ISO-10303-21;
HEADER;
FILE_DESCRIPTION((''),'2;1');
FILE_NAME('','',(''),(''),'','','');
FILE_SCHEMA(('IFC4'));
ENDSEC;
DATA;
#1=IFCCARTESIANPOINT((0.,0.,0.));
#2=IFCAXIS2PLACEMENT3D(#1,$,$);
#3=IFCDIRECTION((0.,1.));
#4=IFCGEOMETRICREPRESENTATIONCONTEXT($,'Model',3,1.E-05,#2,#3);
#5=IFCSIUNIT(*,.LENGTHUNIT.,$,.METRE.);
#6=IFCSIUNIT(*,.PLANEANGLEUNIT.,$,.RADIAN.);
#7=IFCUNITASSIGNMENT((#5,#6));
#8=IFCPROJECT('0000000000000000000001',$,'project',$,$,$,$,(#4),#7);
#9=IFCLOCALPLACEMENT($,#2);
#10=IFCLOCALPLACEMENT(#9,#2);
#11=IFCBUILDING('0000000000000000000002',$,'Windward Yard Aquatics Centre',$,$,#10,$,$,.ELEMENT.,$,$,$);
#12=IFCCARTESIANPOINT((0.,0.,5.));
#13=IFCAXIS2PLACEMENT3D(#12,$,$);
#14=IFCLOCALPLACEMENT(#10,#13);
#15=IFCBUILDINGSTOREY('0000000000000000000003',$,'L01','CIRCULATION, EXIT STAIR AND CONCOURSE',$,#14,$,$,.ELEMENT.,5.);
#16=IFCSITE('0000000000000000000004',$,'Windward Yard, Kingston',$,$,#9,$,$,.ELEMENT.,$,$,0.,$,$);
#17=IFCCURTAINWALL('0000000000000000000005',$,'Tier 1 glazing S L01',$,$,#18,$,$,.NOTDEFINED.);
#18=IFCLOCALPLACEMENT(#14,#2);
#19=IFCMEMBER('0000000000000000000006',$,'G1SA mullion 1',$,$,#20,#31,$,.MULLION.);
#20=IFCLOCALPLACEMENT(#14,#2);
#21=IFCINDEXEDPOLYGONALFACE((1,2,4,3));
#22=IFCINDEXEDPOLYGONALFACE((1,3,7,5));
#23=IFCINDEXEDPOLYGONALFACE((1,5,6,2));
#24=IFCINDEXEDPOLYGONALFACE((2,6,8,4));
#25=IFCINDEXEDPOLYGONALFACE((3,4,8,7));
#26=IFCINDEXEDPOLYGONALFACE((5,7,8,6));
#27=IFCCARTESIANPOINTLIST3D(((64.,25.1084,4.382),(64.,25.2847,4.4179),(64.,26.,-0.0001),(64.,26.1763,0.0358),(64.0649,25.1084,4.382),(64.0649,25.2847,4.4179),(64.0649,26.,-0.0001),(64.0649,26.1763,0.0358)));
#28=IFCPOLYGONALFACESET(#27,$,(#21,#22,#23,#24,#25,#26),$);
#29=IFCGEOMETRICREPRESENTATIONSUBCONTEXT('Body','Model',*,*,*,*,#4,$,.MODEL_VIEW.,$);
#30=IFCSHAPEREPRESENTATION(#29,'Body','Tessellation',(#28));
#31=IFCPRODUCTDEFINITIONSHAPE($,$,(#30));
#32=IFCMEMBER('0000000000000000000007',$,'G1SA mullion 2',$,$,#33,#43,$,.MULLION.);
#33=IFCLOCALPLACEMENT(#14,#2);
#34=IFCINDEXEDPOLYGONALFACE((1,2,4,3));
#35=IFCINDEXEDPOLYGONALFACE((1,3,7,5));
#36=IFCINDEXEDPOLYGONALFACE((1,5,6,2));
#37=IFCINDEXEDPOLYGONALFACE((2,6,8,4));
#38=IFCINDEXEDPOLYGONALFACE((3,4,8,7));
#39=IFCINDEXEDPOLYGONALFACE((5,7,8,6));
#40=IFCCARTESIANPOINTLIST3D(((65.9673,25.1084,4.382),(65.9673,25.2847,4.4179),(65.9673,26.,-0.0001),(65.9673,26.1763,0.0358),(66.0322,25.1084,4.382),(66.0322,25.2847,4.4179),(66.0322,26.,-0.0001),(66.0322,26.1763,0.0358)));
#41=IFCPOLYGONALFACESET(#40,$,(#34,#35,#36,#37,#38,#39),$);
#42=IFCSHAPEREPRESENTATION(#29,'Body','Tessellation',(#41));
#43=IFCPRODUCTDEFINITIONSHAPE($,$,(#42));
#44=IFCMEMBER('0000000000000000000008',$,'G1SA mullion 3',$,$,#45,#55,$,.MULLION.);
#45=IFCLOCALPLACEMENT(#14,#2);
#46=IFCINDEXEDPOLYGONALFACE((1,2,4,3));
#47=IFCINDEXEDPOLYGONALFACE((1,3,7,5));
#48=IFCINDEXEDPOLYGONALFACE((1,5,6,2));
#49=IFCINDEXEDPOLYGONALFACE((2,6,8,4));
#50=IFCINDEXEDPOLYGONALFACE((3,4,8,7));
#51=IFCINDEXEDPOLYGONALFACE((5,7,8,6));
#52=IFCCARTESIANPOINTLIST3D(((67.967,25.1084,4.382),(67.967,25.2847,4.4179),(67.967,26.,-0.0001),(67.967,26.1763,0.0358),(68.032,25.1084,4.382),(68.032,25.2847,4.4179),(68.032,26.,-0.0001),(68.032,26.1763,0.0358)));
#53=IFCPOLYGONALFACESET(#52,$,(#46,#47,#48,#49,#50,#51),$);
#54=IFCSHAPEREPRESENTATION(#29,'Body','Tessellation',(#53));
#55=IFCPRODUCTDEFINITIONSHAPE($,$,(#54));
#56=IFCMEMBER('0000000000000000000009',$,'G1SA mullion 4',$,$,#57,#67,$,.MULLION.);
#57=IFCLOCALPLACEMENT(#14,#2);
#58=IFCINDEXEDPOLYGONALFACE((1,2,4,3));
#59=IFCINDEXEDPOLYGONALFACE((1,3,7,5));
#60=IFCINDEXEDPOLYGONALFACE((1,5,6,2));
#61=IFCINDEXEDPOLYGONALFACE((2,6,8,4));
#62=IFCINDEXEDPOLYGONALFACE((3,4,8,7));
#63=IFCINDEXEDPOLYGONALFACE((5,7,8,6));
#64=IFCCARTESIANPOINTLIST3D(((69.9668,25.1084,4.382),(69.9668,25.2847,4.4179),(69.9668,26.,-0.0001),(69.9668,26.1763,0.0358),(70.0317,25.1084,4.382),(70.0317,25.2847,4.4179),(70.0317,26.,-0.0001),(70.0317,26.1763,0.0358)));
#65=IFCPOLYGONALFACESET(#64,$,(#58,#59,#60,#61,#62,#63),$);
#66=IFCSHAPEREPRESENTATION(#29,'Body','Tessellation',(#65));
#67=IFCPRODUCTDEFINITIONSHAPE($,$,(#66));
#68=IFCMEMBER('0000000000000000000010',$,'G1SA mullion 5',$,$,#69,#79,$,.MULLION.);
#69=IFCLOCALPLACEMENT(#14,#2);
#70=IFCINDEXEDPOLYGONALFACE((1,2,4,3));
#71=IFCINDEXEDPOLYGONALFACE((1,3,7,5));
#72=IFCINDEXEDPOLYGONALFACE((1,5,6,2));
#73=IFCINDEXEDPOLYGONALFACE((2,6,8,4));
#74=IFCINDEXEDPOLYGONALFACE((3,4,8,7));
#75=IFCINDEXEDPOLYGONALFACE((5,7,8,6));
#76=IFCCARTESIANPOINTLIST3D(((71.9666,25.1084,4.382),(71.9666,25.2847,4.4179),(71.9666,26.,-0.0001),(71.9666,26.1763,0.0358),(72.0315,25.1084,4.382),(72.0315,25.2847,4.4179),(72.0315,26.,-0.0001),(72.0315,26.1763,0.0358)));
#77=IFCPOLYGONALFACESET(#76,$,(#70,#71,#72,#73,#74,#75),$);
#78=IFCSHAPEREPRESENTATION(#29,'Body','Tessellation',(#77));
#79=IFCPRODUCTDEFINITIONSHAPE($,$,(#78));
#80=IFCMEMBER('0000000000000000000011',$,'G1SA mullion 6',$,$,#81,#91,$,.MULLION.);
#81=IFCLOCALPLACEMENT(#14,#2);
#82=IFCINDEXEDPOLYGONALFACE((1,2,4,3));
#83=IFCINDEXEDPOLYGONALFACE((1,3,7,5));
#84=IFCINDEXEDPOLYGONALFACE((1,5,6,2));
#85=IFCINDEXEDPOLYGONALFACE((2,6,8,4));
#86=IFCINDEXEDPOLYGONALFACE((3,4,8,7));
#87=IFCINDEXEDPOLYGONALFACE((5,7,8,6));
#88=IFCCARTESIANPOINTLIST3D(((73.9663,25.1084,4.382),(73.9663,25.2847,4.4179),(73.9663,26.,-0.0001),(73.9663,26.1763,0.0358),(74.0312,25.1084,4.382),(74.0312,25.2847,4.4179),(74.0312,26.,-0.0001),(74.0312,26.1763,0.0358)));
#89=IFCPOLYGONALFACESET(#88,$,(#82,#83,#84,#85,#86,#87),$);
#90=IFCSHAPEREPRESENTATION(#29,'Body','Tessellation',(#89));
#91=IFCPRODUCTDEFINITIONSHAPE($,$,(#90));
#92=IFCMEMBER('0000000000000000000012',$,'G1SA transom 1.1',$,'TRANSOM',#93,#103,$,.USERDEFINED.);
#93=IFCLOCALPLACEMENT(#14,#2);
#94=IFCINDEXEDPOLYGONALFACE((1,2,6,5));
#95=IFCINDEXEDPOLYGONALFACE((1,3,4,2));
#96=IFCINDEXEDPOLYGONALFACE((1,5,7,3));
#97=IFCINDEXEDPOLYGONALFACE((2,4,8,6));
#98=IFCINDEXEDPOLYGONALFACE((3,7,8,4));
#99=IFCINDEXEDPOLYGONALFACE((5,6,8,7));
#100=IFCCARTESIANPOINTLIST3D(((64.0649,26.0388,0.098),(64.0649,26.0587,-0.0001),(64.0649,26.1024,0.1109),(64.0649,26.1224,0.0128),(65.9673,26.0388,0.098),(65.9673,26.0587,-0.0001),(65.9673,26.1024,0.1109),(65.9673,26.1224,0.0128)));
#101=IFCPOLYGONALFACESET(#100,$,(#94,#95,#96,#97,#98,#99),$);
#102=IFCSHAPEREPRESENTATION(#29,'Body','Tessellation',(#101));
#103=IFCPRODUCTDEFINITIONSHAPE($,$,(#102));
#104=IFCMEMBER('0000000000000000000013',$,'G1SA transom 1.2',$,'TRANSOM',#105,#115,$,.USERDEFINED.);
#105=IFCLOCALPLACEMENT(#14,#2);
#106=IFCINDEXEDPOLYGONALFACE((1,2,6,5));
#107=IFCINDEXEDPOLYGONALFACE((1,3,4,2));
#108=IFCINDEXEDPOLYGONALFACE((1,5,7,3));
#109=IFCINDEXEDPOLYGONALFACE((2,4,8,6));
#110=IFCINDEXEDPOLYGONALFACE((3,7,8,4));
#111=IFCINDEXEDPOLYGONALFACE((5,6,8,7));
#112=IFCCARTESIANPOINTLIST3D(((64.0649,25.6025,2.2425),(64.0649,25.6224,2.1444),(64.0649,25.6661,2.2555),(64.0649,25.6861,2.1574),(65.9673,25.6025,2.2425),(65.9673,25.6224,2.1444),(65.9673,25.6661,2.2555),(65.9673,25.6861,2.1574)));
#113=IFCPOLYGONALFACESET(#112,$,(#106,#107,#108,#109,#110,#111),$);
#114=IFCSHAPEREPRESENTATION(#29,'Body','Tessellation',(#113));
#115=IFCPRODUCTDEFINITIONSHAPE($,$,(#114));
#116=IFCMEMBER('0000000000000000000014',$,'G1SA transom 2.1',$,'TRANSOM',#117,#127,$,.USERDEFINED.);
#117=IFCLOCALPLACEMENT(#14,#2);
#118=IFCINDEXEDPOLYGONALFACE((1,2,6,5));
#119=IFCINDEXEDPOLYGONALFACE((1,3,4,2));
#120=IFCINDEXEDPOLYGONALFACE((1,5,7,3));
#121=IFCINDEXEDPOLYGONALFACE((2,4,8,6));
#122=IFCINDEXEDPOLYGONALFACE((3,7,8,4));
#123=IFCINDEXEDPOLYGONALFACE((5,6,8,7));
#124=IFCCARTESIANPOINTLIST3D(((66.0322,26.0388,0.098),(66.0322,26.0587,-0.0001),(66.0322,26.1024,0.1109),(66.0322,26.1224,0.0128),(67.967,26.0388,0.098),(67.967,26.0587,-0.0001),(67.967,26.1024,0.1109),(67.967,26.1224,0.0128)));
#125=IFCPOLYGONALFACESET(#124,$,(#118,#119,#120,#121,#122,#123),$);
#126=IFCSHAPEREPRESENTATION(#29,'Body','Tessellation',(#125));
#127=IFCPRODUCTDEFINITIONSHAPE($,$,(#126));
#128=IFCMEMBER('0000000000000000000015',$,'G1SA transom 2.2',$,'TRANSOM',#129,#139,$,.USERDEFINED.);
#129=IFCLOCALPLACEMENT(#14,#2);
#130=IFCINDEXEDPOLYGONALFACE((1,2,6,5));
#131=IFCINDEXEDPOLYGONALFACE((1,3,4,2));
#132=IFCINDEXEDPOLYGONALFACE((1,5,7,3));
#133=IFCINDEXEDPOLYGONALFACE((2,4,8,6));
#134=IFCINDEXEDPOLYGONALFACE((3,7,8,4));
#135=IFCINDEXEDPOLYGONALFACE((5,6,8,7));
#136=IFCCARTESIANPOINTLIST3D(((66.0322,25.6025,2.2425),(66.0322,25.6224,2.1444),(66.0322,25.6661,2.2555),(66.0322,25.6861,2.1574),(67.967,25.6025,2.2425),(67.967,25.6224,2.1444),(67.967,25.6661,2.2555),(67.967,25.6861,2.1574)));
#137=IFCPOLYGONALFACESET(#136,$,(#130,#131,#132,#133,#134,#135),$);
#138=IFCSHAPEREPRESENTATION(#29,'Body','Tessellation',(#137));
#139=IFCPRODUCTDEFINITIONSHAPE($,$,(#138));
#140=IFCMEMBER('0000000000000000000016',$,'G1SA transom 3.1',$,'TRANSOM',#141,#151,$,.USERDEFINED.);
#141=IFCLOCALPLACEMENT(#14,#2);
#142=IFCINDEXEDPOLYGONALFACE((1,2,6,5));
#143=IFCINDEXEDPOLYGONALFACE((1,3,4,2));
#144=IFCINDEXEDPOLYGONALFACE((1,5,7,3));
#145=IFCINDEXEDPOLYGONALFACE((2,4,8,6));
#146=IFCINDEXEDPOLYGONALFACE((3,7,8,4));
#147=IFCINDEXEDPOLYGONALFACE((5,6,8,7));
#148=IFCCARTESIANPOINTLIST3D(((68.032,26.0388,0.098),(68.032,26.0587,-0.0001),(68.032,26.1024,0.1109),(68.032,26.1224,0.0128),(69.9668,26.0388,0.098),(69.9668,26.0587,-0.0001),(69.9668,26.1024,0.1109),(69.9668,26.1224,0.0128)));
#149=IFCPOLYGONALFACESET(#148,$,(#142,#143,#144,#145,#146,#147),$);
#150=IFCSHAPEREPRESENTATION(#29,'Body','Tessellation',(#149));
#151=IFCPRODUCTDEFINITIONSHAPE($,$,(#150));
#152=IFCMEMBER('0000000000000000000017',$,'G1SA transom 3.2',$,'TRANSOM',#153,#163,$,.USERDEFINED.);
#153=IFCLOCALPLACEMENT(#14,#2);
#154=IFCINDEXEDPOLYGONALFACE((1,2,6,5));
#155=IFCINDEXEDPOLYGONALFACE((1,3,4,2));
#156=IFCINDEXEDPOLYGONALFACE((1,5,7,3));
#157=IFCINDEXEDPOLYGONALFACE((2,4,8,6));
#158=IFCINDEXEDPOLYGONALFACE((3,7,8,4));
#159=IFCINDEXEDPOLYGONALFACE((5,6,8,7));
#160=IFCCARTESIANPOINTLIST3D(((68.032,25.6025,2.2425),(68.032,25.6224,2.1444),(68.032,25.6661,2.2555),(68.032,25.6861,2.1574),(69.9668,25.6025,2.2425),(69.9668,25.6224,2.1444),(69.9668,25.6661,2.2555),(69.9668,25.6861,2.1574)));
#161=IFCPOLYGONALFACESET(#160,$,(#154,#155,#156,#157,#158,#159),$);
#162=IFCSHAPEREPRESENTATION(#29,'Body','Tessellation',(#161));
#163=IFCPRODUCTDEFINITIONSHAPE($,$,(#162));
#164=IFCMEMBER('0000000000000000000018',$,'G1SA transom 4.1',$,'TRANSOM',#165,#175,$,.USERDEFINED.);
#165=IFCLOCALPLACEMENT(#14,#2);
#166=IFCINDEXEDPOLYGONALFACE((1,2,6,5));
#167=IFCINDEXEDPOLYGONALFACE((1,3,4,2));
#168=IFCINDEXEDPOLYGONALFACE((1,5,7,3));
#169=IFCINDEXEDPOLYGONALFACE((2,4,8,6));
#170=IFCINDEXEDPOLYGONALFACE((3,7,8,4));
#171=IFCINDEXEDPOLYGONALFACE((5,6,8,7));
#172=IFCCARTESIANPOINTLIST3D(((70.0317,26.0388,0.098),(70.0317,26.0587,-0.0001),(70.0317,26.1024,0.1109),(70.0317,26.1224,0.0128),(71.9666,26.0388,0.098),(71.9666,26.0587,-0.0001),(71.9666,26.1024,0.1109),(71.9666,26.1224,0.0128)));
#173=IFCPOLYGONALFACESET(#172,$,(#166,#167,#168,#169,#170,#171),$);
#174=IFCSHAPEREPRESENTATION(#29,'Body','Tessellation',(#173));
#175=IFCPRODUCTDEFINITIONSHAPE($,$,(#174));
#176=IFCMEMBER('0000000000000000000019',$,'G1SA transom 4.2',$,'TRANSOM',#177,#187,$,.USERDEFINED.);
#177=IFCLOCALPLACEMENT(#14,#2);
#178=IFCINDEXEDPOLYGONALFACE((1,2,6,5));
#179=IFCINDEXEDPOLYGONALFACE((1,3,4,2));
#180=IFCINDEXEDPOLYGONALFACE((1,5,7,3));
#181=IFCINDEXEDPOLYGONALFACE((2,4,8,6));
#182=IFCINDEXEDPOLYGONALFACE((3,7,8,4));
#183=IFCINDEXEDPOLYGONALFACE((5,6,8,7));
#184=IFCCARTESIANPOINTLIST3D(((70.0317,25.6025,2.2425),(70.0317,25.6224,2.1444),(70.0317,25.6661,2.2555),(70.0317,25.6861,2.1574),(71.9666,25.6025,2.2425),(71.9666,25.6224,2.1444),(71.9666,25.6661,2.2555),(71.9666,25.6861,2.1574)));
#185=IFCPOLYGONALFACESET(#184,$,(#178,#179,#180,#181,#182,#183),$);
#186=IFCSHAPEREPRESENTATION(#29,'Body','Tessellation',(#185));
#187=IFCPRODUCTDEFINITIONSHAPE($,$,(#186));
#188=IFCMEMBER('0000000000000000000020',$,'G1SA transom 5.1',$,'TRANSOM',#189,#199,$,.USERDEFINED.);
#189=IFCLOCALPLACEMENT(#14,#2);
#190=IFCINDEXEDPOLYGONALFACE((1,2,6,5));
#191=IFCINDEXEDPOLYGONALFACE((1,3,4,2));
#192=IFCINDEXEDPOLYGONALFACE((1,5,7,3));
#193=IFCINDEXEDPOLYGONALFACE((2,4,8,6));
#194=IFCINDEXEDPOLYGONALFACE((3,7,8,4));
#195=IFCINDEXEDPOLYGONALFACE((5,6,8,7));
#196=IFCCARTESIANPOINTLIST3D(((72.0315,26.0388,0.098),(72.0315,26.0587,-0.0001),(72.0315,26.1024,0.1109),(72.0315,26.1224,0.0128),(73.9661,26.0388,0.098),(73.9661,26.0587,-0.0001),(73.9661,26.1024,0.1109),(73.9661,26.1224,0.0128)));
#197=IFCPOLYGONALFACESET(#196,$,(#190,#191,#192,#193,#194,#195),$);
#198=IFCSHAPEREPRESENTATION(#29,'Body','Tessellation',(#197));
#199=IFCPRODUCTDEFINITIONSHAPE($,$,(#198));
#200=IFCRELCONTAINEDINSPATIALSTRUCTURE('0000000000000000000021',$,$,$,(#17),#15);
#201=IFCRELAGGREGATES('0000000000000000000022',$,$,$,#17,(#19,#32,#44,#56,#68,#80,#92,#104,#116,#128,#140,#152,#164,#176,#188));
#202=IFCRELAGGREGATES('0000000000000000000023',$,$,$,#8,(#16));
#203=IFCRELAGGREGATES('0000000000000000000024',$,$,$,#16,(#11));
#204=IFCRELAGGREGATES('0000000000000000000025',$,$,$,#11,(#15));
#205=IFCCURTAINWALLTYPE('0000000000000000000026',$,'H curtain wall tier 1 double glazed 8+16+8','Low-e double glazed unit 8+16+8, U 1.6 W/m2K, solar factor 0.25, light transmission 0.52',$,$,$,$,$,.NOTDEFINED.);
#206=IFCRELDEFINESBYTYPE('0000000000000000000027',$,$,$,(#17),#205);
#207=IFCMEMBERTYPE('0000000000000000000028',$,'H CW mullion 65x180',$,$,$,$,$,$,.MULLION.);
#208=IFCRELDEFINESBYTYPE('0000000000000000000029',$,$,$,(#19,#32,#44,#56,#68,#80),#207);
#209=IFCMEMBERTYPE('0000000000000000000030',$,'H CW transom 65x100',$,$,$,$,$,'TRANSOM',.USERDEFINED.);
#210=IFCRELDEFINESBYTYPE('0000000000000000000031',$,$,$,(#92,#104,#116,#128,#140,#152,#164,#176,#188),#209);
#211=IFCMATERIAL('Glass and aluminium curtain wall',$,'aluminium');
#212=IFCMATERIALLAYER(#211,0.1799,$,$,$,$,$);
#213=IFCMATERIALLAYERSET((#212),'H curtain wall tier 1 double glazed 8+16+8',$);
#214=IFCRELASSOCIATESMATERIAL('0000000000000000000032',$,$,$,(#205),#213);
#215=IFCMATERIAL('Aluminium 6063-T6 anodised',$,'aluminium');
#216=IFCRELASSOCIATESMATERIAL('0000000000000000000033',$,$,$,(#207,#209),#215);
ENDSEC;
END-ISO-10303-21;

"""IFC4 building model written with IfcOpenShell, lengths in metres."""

from ifc_helpers import new_model, si_unit, direction, frame, origin, origin_2d, place, context, subcontext, project, spatial, rectangle, extrude, material, layer, layer_set, material_profile, profile_set, type_object, element, aggregate, save


model = new_model("IFC4")

# Units and contexts
model_context = context("Model", 3, precision=1e-05, world=origin(), true_north=direction((0.0, 1.0)))
body_context = subcontext(model_context, "Body", "Model", "MODEL_VIEW")
ifc_project = project(units=[si_unit("LENGTHUNIT", "METRE"), si_unit("PLANEANGLEUNIT", "RADIAN")], contexts=[model_context])

# Site, building, storey
site_placement = place(None, origin())
site = spatial("IfcSite", under=ifc_project, at=site_placement, Name="Windward Yard, Kingston", CompositionType="ELEMENT", RefElevation=0.0)
building_placement = place(site_placement, origin())
building = spatial("IfcBuilding", under=site, at=building_placement, Name="Windward Yard Aquatics Centre", CompositionType="ELEMENT")
storey_placement = place(building_placement, frame((0.0, 0.0, 5.0)))
storey = spatial("IfcBuildingStorey", under=building, at=storey_placement, Name="L01", Description="CIRCULATION, EXIT STAIR AND CONCOURSE", CompositionType="ELEMENT", Elevation=5.0)

# Curtain wall, members
ifc_material_1 = material(Name="Glass and aluminium curtain wall", Category="aluminium")
ifc_layer_1 = layer(ifc_material_1, 0.1799)
ifc_layer_set_1 = layer_set([ifc_layer_1], Name="H curtain wall tier 1 double glazed 8+16+8")
curtain_wall_type = type_object("IfcCurtainWallType", Name="H curtain wall tier 1 double glazed 8+16+8", Description="Low-e double glazed unit 8+16+8, U 1.6 W/m2K, solar factor 0.25, light transmission 0.52", PredefinedType="NOTDEFINED", material=ifc_layer_set_1)
curtain_wall_placement = place(storey_placement, origin())
curtain_wall = element("IfcCurtainWall", 1, at=curtain_wall_placement, inside=storey, type_object=curtain_wall_type, Name="Tier 1 glazing S L01", PredefinedType="NOTDEFINED")
ifc_material_2 = material(Name="Aluminium 6063-T6 anodised", Category="aluminium")
ifc_material_profile_1 = material_profile(ifc_material_2, rectangle(XDim=0.0649, YDim=0.1799, at=origin_2d()), Name="H CW mullion 65x180")
ifc_profile_set_1 = profile_set([ifc_material_profile_1], Name="Aluminium 6063-T6 anodised")
member_type_1 = type_object("IfcMemberType", Name="H CW mullion 65x180", PredefinedType="MULLION", material=ifc_profile_set_1)
member_1_placement = place(storey_placement, frame((64.0325, 26.0881, 0.0178), z_axis=(0.0, -0.19938, 0.979922), x_axis=(1.0, 0.0, 0.0)))
member_1 = element("IfcMember", 2, at=member_1_placement, type_object=member_type_1, Name="G1SA mullion 1", PredefinedType="MULLION", context=body_context, shape_type="SweptSolid", body=[
    extrude(rectangle(XDim=0.0649, YDim=0.1799, at=origin_2d()), origin(), (0.0, 0.0, 1.0), 4.4719),
])
member_2_placement = place(storey_placement, frame((65.9998, 26.0881, 0.0178), z_axis=(0.0, -0.19938, 0.979922), x_axis=(1.0, 0.0, 0.0)))
member_2 = element("IfcMember", 3, at=member_2_placement, type_object=member_type_1, Name="G1SA mullion 2", PredefinedType="MULLION", context=body_context, shape_type="SweptSolid", body=[
    extrude(rectangle(XDim=0.0649, YDim=0.1799, at=origin_2d()), origin(), (0.0, 0.0, 1.0), 4.4719),
])
member_3_placement = place(storey_placement, frame((67.9995, 26.0881, 0.0178), z_axis=(0.0, -0.19938, 0.979922), x_axis=(1.0, 0.0, 0.0)))
member_3 = element("IfcMember", 4, at=member_3_placement, type_object=member_type_1, Name="G1SA mullion 3", PredefinedType="MULLION", context=body_context, shape_type="SweptSolid", body=[
    extrude(rectangle(XDim=0.0649, YDim=0.1799, at=origin_2d()), origin(), (0.0, 0.0, 1.0), 4.4719),
])
member_4_placement = place(storey_placement, frame((69.9993, 26.0881, 0.0178), z_axis=(0.0, -0.19938, 0.979922), x_axis=(1.0, 0.0, 0.0)))
member_4 = element("IfcMember", 5, at=member_4_placement, type_object=member_type_1, Name="G1SA mullion 4", PredefinedType="MULLION", context=body_context, shape_type="SweptSolid", body=[
    extrude(rectangle(XDim=0.0649, YDim=0.1799, at=origin_2d()), origin(), (0.0, 0.0, 1.0), 4.4719),
])
member_5_placement = place(storey_placement, frame((71.999, 26.0881, 0.0178), z_axis=(0.0, -0.19938, 0.979922), x_axis=(1.0, 0.0, 0.0)))
member_5 = element("IfcMember", 6, at=member_5_placement, type_object=member_type_1, Name="G1SA mullion 5", PredefinedType="MULLION", context=body_context, shape_type="SweptSolid", body=[
    extrude(rectangle(XDim=0.0649, YDim=0.1799, at=origin_2d()), origin(), (0.0, 0.0, 1.0), 4.4719),
])
member_6_placement = place(storey_placement, frame((73.9988, 26.0881, 0.0178), z_axis=(0.0, -0.19938, 0.979922), x_axis=(1.0, 0.0, 0.0)))
member_6 = element("IfcMember", 7, at=member_6_placement, type_object=member_type_1, Name="G1SA mullion 6", PredefinedType="MULLION", context=body_context, shape_type="SweptSolid", body=[
    extrude(rectangle(XDim=0.0649, YDim=0.1799, at=origin_2d()), origin(), (0.0, 0.0, 1.0), 4.4719),
])
ifc_material_profile_2 = material_profile(ifc_material_2, rectangle(XDim=0.0649, YDim=0.1001, at=origin_2d()), Name="H CW transom 65x100")
ifc_profile_set_2 = profile_set([ifc_material_profile_2], Name="Aluminium 6063-T6 anodised")
member_type_2 = type_object("IfcMemberType", Name="H CW transom 65x100", ElementType="TRANSOM", PredefinedType="USERDEFINED", material=ifc_profile_set_2)
member_7_placement = place(storey_placement, frame((64.0649, 26.0806, 0.0554), z_axis=(1.0, 0.0, 0.0), x_axis=(0.0, 0.979925, 0.199368)))
member_7 = element("IfcMember", 8, at=member_7_placement, type_object=member_type_2, Name="G1SA transom 1.1", ObjectType="TRANSOM", PredefinedType="USERDEFINED", context=body_context, shape_type="SweptSolid", body=[
    extrude(rectangle(XDim=0.0649, YDim=0.1001, at=origin_2d()), origin(), (0.0, 0.0, 1.0), 1.9023),
])
member_8_placement = place(storey_placement, frame((64.0649, 25.6443, 2.2), z_axis=(1.0, 0.0, 0.0), x_axis=(0.0, 0.979925, 0.199368)))
member_8 = element("IfcMember", 9, at=member_8_placement, type_object=member_type_2, Name="G1SA transom 1.2", ObjectType="TRANSOM", PredefinedType="USERDEFINED", context=body_context, shape_type="SweptSolid", body=[
    extrude(rectangle(XDim=0.0649, YDim=0.1001, at=origin_2d()), origin(), (0.0, 0.0, 1.0), 1.9023),
])
member_9_placement = place(storey_placement, frame((66.0322, 26.0806, 0.0554), z_axis=(1.0, 0.0, 0.0), x_axis=(0.0, 0.979925, 0.199368)))
member_9 = element("IfcMember", 10, at=member_9_placement, type_object=member_type_2, Name="G1SA transom 2.1", ObjectType="TRANSOM", PredefinedType="USERDEFINED", context=body_context, shape_type="SweptSolid", body=[
    extrude(rectangle(XDim=0.0649, YDim=0.1001, at=origin_2d()), origin(), (0.0, 0.0, 1.0), 1.9348),
])
member_10_placement = place(storey_placement, frame((66.0322, 25.6443, 2.2), z_axis=(1.0, 0.0, 0.0), x_axis=(0.0, 0.979925, 0.199368)))
member_10 = element("IfcMember", 11, at=member_10_placement, type_object=member_type_2, Name="G1SA transom 2.2", ObjectType="TRANSOM", PredefinedType="USERDEFINED", context=body_context, shape_type="SweptSolid", body=[
    extrude(rectangle(XDim=0.0649, YDim=0.1001, at=origin_2d()), origin(), (0.0, 0.0, 1.0), 1.9348),
])
member_11_placement = place(storey_placement, frame((68.032, 26.0806, 0.0554), z_axis=(1.0, 0.0, 0.0), x_axis=(0.0, 0.979925, 0.199368)))
member_11 = element("IfcMember", 12, at=member_11_placement, type_object=member_type_2, Name="G1SA transom 3.1", ObjectType="TRANSOM", PredefinedType="USERDEFINED", context=body_context, shape_type="SweptSolid", body=[
    extrude(rectangle(XDim=0.0649, YDim=0.1001, at=origin_2d()), origin(), (0.0, 0.0, 1.0), 1.9348),
])
member_12_placement = place(storey_placement, frame((68.032, 25.6443, 2.2), z_axis=(1.0, 0.0, 0.0), x_axis=(0.0, 0.979925, 0.199368)))
member_12 = element("IfcMember", 13, at=member_12_placement, type_object=member_type_2, Name="G1SA transom 3.2", ObjectType="TRANSOM", PredefinedType="USERDEFINED", context=body_context, shape_type="SweptSolid", body=[
    extrude(rectangle(XDim=0.0649, YDim=0.1001, at=origin_2d()), origin(), (0.0, 0.0, 1.0), 1.9348),
])
member_13_placement = place(storey_placement, frame((70.0317, 26.0806, 0.0554), z_axis=(1.0, 0.0, 0.0), x_axis=(0.0, 0.979925, 0.199368)))
member_13 = element("IfcMember", 14, at=member_13_placement, type_object=member_type_2, Name="G1SA transom 4.1", ObjectType="TRANSOM", PredefinedType="USERDEFINED", context=body_context, shape_type="SweptSolid", body=[
    extrude(rectangle(XDim=0.0649, YDim=0.1001, at=origin_2d()), origin(), (0.0, 0.0, 1.0), 1.9348),
])
member_14_placement = place(storey_placement, frame((70.0317, 25.6443, 2.2), z_axis=(1.0, 0.0, 0.0), x_axis=(0.0, 0.979925, 0.199368)))
member_14 = element("IfcMember", 15, at=member_14_placement, type_object=member_type_2, Name="G1SA transom 4.2", ObjectType="TRANSOM", PredefinedType="USERDEFINED", context=body_context, shape_type="SweptSolid", body=[
    extrude(rectangle(XDim=0.0649, YDim=0.1001, at=origin_2d()), origin(), (0.0, 0.0, 1.0), 1.9348),
])
member_15_placement = place(storey_placement, frame((72.0315, 26.0806, 0.0554), z_axis=(1.0, 0.0, 0.0), x_axis=(0.0, 0.979925, 0.199368)))
member_15 = element("IfcMember", 16, at=member_15_placement, type_object=member_type_2, Name="G1SA transom 5.1", ObjectType="TRANSOM", PredefinedType="USERDEFINED", context=body_context, shape_type="SweptSolid", body=[
    extrude(rectangle(XDim=0.0649, YDim=0.1001, at=origin_2d()), origin(), (0.0, 0.0, 1.0), 1.9346),
])
aggregate(curtain_wall, [member_1, member_2, member_3, member_4, member_5, member_6, member_7, member_8, member_9, member_10, member_11, member_12, member_13, member_14, member_15])

save(model, "model.ifc")
